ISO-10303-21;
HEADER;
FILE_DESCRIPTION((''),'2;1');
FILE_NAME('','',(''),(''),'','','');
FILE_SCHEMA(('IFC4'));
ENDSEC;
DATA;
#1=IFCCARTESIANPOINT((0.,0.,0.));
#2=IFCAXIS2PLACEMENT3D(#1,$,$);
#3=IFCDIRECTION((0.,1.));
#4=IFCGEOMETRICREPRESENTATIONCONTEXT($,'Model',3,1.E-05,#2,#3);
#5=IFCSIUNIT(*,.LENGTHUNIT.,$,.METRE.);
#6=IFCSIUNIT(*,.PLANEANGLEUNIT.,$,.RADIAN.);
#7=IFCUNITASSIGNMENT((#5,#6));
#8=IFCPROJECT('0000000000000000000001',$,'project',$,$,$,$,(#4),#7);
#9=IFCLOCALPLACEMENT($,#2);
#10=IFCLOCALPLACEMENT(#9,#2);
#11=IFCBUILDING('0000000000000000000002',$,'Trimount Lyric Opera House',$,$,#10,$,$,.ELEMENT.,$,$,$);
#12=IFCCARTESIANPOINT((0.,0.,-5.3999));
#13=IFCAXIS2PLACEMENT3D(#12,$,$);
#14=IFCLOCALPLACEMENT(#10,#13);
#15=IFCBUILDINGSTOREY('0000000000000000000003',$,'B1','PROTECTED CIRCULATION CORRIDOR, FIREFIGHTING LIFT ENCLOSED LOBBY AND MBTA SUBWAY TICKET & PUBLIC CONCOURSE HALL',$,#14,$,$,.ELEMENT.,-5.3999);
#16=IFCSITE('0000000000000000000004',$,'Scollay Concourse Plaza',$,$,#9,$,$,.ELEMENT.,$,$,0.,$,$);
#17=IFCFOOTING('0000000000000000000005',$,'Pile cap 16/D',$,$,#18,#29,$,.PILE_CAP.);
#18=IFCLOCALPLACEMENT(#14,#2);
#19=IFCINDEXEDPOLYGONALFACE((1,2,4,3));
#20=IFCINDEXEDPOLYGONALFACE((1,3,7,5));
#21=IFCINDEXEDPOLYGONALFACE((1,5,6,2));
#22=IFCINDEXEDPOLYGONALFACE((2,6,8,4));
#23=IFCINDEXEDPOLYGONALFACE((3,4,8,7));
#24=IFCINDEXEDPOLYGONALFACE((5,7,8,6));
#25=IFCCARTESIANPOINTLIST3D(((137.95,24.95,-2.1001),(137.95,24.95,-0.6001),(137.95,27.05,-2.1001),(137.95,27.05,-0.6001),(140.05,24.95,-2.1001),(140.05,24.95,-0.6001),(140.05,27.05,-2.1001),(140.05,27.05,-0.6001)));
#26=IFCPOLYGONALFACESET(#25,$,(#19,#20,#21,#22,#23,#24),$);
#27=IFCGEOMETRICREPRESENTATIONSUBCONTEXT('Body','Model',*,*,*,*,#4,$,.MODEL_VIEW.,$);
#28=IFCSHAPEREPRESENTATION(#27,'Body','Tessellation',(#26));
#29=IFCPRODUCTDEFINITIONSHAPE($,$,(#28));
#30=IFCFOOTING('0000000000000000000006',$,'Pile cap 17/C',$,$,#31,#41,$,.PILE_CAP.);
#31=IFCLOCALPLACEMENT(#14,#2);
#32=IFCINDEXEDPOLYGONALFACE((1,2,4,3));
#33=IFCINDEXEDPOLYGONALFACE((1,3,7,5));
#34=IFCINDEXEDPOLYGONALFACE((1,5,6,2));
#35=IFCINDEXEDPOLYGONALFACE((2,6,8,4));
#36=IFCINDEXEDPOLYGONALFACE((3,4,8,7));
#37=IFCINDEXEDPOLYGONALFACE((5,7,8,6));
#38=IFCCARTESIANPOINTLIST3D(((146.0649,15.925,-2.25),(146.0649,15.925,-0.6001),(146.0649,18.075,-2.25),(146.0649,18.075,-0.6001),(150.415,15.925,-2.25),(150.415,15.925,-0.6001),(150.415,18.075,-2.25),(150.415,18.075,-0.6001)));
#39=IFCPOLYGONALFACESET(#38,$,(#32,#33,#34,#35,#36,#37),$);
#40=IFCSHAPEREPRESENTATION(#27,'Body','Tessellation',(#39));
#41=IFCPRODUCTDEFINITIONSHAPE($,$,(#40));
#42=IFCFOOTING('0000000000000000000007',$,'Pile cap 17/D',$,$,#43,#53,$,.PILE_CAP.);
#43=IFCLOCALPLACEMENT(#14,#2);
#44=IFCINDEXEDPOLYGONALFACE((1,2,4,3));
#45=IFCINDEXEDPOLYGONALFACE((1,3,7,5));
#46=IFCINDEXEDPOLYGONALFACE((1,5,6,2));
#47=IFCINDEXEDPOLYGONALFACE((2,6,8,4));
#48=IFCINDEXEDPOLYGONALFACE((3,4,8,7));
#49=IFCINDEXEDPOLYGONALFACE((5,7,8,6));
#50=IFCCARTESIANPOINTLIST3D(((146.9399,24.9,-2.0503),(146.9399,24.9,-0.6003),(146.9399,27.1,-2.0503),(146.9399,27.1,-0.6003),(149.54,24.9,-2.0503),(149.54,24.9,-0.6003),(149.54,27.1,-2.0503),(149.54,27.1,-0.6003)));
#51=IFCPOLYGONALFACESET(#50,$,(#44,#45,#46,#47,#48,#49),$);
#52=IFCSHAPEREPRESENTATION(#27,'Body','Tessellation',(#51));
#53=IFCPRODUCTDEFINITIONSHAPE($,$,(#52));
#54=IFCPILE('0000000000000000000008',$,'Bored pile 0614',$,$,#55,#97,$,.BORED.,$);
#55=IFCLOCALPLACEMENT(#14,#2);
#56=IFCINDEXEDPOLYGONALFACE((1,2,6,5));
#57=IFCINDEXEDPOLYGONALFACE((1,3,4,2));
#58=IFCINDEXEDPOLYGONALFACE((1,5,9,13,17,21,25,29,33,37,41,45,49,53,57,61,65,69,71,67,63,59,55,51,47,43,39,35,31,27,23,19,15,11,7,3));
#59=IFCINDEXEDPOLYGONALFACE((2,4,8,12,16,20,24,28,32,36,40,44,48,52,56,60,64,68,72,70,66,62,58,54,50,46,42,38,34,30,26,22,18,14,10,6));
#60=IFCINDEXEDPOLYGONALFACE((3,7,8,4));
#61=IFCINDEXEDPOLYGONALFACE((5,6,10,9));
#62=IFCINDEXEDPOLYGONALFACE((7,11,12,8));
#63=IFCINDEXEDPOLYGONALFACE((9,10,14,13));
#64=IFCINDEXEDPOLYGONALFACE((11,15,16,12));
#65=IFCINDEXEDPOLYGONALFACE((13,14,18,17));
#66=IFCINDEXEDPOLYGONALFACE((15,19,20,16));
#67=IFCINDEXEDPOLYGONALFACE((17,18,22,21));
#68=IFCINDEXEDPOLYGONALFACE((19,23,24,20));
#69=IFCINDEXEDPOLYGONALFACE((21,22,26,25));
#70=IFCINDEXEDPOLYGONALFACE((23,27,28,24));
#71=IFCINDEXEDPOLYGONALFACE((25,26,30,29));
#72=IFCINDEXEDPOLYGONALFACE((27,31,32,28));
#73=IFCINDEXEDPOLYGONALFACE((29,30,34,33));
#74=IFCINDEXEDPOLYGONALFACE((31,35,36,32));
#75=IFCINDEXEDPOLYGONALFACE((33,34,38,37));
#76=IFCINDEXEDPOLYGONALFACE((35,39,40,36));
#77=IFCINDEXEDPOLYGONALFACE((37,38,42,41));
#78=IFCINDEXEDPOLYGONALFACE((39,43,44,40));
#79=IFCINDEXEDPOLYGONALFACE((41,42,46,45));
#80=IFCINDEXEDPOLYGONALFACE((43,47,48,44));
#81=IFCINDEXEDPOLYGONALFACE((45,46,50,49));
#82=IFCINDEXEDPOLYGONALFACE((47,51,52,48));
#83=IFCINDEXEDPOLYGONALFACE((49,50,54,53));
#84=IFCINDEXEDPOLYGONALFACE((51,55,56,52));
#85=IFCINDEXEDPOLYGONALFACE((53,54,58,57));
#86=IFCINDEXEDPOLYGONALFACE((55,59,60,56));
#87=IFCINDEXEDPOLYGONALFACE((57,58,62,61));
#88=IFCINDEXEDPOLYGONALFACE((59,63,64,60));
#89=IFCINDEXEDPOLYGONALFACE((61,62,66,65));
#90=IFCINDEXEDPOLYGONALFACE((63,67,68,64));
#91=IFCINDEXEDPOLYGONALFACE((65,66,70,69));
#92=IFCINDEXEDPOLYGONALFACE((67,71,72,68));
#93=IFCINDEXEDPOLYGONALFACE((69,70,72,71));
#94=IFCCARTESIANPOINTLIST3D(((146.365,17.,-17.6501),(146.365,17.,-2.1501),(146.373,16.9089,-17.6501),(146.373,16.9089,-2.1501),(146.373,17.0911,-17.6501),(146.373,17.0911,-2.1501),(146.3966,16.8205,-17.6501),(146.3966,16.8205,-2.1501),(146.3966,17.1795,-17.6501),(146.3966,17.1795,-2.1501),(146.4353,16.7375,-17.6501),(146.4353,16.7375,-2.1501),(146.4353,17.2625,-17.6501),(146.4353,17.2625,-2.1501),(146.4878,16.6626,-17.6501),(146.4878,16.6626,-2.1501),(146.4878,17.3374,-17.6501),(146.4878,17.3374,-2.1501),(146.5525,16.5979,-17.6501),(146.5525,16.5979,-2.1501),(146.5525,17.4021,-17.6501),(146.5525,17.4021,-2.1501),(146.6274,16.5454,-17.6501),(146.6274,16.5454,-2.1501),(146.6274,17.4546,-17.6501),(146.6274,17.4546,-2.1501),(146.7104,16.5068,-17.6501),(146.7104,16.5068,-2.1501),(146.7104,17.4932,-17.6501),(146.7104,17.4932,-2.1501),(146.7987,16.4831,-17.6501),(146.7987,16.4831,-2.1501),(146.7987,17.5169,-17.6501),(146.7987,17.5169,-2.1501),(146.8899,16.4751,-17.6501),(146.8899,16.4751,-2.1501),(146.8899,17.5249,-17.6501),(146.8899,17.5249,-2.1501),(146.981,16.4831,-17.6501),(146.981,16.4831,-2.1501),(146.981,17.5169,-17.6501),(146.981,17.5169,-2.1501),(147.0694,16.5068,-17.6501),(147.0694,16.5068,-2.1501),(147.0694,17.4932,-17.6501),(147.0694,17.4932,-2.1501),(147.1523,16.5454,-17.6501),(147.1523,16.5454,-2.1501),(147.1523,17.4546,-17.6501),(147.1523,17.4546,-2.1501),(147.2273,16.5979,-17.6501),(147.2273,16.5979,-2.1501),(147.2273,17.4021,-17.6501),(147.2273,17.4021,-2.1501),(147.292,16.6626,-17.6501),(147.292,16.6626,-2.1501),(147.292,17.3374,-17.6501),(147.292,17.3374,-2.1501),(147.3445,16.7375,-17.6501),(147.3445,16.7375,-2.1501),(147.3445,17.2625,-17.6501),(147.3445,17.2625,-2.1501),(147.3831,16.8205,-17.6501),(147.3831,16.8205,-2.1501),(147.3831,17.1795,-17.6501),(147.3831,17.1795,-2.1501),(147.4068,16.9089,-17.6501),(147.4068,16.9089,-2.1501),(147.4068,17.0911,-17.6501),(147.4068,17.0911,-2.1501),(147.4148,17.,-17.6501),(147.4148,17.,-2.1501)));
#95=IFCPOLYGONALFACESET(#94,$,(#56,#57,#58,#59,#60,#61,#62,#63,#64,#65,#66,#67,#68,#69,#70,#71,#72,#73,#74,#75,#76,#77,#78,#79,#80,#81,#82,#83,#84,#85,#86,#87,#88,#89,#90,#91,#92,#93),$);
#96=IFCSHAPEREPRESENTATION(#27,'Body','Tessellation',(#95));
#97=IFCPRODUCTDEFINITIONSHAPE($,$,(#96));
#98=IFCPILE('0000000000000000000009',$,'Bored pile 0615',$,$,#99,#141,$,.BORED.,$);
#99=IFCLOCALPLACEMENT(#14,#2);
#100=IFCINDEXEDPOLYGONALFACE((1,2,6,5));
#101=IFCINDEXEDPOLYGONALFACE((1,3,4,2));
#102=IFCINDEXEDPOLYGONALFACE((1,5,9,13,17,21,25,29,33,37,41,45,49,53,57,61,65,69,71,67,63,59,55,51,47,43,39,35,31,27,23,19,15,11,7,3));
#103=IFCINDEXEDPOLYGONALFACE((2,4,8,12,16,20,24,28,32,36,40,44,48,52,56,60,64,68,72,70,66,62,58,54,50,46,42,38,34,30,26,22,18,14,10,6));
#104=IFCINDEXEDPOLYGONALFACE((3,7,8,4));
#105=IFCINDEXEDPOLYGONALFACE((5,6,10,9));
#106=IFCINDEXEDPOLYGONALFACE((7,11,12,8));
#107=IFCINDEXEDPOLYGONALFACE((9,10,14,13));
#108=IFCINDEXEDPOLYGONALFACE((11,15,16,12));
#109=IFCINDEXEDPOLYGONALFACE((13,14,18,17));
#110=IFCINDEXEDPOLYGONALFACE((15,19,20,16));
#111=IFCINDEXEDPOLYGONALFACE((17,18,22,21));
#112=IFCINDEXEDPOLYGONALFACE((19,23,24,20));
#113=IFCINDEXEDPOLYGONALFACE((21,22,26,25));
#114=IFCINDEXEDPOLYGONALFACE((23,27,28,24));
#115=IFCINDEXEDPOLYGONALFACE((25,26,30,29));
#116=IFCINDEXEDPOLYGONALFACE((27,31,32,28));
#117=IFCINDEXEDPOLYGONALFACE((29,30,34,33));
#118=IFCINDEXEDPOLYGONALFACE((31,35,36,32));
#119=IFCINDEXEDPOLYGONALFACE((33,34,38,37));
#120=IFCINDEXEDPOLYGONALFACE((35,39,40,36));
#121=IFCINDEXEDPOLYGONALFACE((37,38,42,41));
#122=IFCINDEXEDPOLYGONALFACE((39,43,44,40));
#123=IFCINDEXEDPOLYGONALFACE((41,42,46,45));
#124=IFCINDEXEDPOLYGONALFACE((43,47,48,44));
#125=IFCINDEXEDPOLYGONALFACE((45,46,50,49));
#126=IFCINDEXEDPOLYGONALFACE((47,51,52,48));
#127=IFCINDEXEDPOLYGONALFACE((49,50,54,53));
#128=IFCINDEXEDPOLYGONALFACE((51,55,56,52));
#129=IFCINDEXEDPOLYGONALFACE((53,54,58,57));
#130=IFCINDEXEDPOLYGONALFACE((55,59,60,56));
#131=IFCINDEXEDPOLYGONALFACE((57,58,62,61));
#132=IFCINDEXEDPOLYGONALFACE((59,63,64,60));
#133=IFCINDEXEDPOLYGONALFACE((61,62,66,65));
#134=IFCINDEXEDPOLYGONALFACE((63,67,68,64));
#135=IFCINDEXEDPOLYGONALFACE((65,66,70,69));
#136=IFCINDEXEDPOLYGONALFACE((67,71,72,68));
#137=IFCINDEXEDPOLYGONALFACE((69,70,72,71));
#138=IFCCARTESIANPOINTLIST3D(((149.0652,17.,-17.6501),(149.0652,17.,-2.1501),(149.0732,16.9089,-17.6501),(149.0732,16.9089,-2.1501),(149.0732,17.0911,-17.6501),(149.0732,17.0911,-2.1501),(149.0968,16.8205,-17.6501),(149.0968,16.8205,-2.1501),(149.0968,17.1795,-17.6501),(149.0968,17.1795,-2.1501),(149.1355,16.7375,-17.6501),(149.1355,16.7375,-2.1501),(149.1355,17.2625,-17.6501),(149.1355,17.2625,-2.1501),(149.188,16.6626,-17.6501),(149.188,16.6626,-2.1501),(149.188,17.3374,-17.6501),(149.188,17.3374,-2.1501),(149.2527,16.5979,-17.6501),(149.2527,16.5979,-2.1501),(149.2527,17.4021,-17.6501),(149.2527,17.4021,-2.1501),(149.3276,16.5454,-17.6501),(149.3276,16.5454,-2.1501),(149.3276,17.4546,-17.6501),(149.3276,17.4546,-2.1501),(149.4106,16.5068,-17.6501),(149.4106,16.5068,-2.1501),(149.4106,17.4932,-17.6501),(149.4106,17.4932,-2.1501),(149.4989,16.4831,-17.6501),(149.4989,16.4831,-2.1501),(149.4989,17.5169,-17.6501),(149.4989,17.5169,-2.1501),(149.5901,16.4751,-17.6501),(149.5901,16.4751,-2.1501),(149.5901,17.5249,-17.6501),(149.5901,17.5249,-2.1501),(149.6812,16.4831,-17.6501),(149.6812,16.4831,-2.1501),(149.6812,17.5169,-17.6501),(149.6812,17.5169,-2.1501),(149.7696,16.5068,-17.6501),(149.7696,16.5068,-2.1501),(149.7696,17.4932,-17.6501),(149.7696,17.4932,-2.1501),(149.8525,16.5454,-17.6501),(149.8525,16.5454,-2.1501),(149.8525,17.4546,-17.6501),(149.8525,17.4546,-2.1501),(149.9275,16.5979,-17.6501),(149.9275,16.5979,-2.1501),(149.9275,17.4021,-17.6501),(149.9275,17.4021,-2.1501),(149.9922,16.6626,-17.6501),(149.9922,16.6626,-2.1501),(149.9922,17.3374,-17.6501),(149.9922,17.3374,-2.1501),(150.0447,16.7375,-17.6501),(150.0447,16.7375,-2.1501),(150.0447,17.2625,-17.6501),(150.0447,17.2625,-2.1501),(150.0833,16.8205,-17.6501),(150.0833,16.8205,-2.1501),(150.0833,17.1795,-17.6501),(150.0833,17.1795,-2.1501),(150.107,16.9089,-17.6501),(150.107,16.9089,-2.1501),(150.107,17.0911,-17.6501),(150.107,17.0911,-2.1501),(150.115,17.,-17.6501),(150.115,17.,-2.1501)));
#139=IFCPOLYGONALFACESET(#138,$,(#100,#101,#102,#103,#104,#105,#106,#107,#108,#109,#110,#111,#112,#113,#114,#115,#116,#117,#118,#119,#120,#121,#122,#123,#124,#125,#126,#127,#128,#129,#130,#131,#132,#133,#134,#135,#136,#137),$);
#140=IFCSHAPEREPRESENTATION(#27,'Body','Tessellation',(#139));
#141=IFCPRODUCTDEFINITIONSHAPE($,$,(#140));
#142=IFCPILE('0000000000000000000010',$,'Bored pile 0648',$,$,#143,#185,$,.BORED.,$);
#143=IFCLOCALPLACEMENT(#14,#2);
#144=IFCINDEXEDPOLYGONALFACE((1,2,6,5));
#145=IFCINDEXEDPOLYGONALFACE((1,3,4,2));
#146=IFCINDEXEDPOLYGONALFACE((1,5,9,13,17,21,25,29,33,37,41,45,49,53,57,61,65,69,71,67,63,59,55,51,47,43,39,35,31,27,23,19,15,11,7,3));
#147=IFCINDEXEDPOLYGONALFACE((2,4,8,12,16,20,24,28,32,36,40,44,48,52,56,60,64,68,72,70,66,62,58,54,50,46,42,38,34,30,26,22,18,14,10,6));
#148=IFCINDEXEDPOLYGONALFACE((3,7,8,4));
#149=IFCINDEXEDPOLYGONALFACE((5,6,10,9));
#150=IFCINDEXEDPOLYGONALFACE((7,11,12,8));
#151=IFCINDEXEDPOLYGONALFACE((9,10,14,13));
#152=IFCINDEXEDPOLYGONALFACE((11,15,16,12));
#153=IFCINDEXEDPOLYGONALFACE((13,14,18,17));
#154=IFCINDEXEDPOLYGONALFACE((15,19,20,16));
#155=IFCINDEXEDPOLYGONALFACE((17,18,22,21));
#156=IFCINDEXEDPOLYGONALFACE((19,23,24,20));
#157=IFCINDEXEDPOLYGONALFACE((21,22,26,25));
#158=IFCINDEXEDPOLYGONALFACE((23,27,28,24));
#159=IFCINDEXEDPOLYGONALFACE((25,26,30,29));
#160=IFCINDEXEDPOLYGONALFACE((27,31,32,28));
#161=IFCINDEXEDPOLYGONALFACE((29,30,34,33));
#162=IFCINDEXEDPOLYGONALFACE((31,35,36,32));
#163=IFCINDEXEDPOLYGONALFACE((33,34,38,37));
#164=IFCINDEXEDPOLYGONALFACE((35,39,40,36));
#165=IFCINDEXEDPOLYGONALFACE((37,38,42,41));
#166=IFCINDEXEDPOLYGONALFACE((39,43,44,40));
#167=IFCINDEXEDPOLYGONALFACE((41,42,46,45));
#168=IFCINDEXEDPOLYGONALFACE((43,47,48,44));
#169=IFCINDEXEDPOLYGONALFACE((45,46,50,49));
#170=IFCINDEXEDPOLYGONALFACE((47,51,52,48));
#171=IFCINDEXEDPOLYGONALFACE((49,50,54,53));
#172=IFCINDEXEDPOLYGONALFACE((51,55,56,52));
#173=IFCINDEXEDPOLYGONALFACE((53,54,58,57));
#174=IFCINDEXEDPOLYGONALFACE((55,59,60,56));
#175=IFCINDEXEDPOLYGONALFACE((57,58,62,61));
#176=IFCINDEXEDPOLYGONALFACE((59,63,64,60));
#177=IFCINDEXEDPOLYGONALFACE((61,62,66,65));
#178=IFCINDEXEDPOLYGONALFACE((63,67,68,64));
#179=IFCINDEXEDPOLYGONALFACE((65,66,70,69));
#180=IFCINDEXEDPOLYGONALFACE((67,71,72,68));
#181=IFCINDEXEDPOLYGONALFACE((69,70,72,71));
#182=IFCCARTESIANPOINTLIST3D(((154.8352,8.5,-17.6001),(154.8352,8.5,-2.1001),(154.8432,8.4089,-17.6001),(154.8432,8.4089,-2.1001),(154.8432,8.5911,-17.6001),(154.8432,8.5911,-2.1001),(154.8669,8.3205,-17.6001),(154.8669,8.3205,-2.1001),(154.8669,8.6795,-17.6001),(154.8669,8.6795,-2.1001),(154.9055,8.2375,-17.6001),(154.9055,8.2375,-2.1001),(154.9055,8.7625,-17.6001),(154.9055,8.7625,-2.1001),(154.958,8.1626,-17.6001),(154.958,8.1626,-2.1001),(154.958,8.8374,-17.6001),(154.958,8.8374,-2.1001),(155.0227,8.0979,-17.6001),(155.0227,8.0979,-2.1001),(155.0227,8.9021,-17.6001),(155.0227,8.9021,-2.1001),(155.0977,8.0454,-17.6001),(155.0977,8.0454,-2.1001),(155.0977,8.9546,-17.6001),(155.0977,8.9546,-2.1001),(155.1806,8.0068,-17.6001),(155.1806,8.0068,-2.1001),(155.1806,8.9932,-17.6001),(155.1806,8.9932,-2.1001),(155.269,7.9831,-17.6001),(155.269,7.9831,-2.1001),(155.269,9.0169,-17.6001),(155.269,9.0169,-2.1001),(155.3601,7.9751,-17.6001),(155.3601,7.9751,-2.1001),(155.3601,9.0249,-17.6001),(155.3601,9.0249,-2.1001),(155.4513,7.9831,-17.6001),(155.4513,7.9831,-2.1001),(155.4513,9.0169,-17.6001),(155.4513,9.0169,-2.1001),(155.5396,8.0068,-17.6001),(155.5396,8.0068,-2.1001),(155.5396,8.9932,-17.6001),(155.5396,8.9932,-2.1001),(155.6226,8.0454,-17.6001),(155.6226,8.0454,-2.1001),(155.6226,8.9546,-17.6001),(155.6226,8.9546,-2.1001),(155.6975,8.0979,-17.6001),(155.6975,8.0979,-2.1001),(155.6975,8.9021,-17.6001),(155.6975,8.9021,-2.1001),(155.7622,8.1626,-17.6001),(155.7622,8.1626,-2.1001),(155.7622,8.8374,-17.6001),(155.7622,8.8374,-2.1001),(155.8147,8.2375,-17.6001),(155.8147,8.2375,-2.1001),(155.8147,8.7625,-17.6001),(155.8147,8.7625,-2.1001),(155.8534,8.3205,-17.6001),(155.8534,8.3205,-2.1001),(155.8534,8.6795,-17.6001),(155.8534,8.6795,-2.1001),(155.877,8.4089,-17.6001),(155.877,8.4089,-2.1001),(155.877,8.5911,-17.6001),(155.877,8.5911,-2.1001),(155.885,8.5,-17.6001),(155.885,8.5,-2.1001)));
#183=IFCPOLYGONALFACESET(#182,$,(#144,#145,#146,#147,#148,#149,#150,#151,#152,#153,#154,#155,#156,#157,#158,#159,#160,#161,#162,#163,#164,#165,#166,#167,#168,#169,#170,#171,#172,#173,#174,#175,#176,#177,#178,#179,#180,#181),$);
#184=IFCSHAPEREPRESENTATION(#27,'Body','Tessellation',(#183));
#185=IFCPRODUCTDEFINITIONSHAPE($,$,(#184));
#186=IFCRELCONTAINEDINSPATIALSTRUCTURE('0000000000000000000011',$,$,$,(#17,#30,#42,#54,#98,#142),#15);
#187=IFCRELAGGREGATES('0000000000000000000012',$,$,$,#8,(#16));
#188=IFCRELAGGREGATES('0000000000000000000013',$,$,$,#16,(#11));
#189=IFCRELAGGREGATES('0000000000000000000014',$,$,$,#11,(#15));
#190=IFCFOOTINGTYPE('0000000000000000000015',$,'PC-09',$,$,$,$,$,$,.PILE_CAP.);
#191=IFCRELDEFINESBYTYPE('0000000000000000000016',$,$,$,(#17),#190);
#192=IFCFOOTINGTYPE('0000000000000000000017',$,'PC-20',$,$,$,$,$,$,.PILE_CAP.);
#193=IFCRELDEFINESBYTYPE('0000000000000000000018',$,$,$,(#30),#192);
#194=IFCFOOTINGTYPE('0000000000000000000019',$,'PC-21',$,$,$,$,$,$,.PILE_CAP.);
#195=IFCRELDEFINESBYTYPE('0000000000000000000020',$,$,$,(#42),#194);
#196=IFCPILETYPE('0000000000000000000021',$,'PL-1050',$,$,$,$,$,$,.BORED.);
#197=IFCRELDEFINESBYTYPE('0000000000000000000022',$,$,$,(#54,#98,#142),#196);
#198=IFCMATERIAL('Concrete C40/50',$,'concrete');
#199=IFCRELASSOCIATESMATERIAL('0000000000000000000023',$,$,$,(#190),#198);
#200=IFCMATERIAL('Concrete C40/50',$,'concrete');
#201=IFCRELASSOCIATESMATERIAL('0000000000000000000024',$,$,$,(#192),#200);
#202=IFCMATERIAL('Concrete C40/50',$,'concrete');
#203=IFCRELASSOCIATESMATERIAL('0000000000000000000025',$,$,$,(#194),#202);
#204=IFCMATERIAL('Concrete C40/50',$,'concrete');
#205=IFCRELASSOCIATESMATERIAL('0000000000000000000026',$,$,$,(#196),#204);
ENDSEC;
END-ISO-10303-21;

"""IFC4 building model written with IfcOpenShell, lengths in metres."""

from ifc_helpers import new_model, si_unit, direction, frame, origin, origin_2d, place, context, subcontext, project, spatial, rectangle, circle, extrude, material, material_profile, profile_set, type_object, element, save


model = new_model("IFC4")

# Units and contexts
model_context = context("Model", 3, precision=1e-05, world=origin(), true_north=direction((0.0, 1.0)))
body_context = subcontext(model_context, "Body", "Model", "MODEL_VIEW")
ifc_project = project(units=[si_unit("LENGTHUNIT", "METRE"), si_unit("PLANEANGLEUNIT", "RADIAN")], contexts=[model_context])

# Site, building, storey
site_placement = place(None, origin())
site = spatial("IfcSite", under=ifc_project, at=site_placement, Name="Scollay Concourse Plaza", CompositionType="ELEMENT", RefElevation=0.0)
building_placement = place(site_placement, origin())
building = spatial("IfcBuilding", under=site, at=building_placement, Name="Trimount Lyric Opera House", CompositionType="ELEMENT")
storey_placement = place(building_placement, frame((0.0, 0.0, -5.3999)))
storey = spatial("IfcBuildingStorey", under=building, at=storey_placement, Name="B1", Description="PROTECTED CIRCULATION CORRIDOR, FIREFIGHTING LIFT ENCLOSED LOBBY AND MBTA SUBWAY TICKET & PUBLIC CONCOURSE HALL", CompositionType="ELEMENT", Elevation=-5.3999)

# Footings
ifc_material_1 = material(Name="Concrete C40/50", Category="concrete")
footing_type_1 = type_object("IfcFootingType", Name="PC-09", PredefinedType="PILE_CAP", material=ifc_material_1)
footing_1_placement = place(storey_placement, frame((139.0, 26.0, -2.1001), z_axis=(0.0, 0.0, 1.0), x_axis=(1.0, 0.0, 0.0)))
element("IfcFooting", 1, at=footing_1_placement, inside=storey, type_object=footing_type_1, Name="Pile cap 16/D", PredefinedType="PILE_CAP", context=body_context, shape_type="SweptSolid", body=[
    extrude(rectangle(XDim=2.1001, YDim=2.1001, at=origin_2d()), origin(), (0.0, 0.0, 1.0), 1.5),
])
ifc_material_2 = material(Name="Concrete C40/50", Category="concrete")
footing_type_2 = type_object("IfcFootingType", Name="PC-20", PredefinedType="PILE_CAP", material=ifc_material_2)
footing_2_placement = place(storey_placement, frame((148.24, 17.0, -2.25), z_axis=(0.0, 0.0, 1.0), x_axis=(1.0, 0.0, 0.0)))
element("IfcFooting", 2, at=footing_2_placement, inside=storey, type_object=footing_type_2, Name="Pile cap 17/C", PredefinedType="PILE_CAP", context=body_context, shape_type="SweptSolid", body=[
    extrude(rectangle(XDim=4.3501, YDim=2.1499, at=origin_2d()), origin(), (0.0, 0.0, 1.0), 1.6499),
])
ifc_material_3 = material(Name="Concrete C40/50", Category="concrete")
footing_type_3 = type_object("IfcFootingType", Name="PC-21", PredefinedType="PILE_CAP", material=ifc_material_3)
footing_3_placement = place(storey_placement, frame((148.24, 26.0, -2.0503), z_axis=(0.0, 0.0, 1.0), x_axis=(1.0, 0.0, 0.0)))
element("IfcFooting", 3, at=footing_3_placement, inside=storey, type_object=footing_type_3, Name="Pile cap 17/D", PredefinedType="PILE_CAP", context=body_context, shape_type="SweptSolid", body=[
    extrude(rectangle(XDim=2.6001, YDim=2.2, at=origin_2d()), origin(), (0.0, 0.0, 1.0), 1.45),
])

# Piles
ifc_material_4 = material(Name="Concrete C40/50", Category="concrete")
ifc_material_profile_1 = material_profile(ifc_material_4, circle(Radius=0.5249, at=origin_2d()), Name="PILE-D1050")
ifc_profile_set_1 = profile_set([ifc_material_profile_1], Name="Concrete C40/50")
pile_type_1 = type_object("IfcPileType", Name="PL-1050", PredefinedType="BORED", material=ifc_profile_set_1)
for number, where, z_axis, x_axis, name in (
    (4, (146.8899, 17.0, -2.1501), (0.0, 0.0, -1.0), (1.0, 0.0, 0.0), "Bored pile 0614"),
    (5, (149.5901, 17.0, -2.1501), (0.0, 0.0, -1.0), (1.0, 0.0, 0.0), "Bored pile 0615"),
    (6, (155.3601, 8.5, -2.1001), (0.0, 0.0, -1.0), (1.0, 0.0, 0.0), "Bored pile 0648"),
):
    element("IfcPile", number, at=place(storey_placement, frame(where, z_axis=z_axis, x_axis=x_axis)), inside=storey, type_object=pile_type_1, Name=name, PredefinedType="BORED", context=body_context, shape_type="SweptSolid", body=[
        extrude(circle(Radius=0.5249, at=origin_2d()), origin(), (0.0, 0.0, 1.0), 15.5),
    ])

save(model, "model.ifc")
